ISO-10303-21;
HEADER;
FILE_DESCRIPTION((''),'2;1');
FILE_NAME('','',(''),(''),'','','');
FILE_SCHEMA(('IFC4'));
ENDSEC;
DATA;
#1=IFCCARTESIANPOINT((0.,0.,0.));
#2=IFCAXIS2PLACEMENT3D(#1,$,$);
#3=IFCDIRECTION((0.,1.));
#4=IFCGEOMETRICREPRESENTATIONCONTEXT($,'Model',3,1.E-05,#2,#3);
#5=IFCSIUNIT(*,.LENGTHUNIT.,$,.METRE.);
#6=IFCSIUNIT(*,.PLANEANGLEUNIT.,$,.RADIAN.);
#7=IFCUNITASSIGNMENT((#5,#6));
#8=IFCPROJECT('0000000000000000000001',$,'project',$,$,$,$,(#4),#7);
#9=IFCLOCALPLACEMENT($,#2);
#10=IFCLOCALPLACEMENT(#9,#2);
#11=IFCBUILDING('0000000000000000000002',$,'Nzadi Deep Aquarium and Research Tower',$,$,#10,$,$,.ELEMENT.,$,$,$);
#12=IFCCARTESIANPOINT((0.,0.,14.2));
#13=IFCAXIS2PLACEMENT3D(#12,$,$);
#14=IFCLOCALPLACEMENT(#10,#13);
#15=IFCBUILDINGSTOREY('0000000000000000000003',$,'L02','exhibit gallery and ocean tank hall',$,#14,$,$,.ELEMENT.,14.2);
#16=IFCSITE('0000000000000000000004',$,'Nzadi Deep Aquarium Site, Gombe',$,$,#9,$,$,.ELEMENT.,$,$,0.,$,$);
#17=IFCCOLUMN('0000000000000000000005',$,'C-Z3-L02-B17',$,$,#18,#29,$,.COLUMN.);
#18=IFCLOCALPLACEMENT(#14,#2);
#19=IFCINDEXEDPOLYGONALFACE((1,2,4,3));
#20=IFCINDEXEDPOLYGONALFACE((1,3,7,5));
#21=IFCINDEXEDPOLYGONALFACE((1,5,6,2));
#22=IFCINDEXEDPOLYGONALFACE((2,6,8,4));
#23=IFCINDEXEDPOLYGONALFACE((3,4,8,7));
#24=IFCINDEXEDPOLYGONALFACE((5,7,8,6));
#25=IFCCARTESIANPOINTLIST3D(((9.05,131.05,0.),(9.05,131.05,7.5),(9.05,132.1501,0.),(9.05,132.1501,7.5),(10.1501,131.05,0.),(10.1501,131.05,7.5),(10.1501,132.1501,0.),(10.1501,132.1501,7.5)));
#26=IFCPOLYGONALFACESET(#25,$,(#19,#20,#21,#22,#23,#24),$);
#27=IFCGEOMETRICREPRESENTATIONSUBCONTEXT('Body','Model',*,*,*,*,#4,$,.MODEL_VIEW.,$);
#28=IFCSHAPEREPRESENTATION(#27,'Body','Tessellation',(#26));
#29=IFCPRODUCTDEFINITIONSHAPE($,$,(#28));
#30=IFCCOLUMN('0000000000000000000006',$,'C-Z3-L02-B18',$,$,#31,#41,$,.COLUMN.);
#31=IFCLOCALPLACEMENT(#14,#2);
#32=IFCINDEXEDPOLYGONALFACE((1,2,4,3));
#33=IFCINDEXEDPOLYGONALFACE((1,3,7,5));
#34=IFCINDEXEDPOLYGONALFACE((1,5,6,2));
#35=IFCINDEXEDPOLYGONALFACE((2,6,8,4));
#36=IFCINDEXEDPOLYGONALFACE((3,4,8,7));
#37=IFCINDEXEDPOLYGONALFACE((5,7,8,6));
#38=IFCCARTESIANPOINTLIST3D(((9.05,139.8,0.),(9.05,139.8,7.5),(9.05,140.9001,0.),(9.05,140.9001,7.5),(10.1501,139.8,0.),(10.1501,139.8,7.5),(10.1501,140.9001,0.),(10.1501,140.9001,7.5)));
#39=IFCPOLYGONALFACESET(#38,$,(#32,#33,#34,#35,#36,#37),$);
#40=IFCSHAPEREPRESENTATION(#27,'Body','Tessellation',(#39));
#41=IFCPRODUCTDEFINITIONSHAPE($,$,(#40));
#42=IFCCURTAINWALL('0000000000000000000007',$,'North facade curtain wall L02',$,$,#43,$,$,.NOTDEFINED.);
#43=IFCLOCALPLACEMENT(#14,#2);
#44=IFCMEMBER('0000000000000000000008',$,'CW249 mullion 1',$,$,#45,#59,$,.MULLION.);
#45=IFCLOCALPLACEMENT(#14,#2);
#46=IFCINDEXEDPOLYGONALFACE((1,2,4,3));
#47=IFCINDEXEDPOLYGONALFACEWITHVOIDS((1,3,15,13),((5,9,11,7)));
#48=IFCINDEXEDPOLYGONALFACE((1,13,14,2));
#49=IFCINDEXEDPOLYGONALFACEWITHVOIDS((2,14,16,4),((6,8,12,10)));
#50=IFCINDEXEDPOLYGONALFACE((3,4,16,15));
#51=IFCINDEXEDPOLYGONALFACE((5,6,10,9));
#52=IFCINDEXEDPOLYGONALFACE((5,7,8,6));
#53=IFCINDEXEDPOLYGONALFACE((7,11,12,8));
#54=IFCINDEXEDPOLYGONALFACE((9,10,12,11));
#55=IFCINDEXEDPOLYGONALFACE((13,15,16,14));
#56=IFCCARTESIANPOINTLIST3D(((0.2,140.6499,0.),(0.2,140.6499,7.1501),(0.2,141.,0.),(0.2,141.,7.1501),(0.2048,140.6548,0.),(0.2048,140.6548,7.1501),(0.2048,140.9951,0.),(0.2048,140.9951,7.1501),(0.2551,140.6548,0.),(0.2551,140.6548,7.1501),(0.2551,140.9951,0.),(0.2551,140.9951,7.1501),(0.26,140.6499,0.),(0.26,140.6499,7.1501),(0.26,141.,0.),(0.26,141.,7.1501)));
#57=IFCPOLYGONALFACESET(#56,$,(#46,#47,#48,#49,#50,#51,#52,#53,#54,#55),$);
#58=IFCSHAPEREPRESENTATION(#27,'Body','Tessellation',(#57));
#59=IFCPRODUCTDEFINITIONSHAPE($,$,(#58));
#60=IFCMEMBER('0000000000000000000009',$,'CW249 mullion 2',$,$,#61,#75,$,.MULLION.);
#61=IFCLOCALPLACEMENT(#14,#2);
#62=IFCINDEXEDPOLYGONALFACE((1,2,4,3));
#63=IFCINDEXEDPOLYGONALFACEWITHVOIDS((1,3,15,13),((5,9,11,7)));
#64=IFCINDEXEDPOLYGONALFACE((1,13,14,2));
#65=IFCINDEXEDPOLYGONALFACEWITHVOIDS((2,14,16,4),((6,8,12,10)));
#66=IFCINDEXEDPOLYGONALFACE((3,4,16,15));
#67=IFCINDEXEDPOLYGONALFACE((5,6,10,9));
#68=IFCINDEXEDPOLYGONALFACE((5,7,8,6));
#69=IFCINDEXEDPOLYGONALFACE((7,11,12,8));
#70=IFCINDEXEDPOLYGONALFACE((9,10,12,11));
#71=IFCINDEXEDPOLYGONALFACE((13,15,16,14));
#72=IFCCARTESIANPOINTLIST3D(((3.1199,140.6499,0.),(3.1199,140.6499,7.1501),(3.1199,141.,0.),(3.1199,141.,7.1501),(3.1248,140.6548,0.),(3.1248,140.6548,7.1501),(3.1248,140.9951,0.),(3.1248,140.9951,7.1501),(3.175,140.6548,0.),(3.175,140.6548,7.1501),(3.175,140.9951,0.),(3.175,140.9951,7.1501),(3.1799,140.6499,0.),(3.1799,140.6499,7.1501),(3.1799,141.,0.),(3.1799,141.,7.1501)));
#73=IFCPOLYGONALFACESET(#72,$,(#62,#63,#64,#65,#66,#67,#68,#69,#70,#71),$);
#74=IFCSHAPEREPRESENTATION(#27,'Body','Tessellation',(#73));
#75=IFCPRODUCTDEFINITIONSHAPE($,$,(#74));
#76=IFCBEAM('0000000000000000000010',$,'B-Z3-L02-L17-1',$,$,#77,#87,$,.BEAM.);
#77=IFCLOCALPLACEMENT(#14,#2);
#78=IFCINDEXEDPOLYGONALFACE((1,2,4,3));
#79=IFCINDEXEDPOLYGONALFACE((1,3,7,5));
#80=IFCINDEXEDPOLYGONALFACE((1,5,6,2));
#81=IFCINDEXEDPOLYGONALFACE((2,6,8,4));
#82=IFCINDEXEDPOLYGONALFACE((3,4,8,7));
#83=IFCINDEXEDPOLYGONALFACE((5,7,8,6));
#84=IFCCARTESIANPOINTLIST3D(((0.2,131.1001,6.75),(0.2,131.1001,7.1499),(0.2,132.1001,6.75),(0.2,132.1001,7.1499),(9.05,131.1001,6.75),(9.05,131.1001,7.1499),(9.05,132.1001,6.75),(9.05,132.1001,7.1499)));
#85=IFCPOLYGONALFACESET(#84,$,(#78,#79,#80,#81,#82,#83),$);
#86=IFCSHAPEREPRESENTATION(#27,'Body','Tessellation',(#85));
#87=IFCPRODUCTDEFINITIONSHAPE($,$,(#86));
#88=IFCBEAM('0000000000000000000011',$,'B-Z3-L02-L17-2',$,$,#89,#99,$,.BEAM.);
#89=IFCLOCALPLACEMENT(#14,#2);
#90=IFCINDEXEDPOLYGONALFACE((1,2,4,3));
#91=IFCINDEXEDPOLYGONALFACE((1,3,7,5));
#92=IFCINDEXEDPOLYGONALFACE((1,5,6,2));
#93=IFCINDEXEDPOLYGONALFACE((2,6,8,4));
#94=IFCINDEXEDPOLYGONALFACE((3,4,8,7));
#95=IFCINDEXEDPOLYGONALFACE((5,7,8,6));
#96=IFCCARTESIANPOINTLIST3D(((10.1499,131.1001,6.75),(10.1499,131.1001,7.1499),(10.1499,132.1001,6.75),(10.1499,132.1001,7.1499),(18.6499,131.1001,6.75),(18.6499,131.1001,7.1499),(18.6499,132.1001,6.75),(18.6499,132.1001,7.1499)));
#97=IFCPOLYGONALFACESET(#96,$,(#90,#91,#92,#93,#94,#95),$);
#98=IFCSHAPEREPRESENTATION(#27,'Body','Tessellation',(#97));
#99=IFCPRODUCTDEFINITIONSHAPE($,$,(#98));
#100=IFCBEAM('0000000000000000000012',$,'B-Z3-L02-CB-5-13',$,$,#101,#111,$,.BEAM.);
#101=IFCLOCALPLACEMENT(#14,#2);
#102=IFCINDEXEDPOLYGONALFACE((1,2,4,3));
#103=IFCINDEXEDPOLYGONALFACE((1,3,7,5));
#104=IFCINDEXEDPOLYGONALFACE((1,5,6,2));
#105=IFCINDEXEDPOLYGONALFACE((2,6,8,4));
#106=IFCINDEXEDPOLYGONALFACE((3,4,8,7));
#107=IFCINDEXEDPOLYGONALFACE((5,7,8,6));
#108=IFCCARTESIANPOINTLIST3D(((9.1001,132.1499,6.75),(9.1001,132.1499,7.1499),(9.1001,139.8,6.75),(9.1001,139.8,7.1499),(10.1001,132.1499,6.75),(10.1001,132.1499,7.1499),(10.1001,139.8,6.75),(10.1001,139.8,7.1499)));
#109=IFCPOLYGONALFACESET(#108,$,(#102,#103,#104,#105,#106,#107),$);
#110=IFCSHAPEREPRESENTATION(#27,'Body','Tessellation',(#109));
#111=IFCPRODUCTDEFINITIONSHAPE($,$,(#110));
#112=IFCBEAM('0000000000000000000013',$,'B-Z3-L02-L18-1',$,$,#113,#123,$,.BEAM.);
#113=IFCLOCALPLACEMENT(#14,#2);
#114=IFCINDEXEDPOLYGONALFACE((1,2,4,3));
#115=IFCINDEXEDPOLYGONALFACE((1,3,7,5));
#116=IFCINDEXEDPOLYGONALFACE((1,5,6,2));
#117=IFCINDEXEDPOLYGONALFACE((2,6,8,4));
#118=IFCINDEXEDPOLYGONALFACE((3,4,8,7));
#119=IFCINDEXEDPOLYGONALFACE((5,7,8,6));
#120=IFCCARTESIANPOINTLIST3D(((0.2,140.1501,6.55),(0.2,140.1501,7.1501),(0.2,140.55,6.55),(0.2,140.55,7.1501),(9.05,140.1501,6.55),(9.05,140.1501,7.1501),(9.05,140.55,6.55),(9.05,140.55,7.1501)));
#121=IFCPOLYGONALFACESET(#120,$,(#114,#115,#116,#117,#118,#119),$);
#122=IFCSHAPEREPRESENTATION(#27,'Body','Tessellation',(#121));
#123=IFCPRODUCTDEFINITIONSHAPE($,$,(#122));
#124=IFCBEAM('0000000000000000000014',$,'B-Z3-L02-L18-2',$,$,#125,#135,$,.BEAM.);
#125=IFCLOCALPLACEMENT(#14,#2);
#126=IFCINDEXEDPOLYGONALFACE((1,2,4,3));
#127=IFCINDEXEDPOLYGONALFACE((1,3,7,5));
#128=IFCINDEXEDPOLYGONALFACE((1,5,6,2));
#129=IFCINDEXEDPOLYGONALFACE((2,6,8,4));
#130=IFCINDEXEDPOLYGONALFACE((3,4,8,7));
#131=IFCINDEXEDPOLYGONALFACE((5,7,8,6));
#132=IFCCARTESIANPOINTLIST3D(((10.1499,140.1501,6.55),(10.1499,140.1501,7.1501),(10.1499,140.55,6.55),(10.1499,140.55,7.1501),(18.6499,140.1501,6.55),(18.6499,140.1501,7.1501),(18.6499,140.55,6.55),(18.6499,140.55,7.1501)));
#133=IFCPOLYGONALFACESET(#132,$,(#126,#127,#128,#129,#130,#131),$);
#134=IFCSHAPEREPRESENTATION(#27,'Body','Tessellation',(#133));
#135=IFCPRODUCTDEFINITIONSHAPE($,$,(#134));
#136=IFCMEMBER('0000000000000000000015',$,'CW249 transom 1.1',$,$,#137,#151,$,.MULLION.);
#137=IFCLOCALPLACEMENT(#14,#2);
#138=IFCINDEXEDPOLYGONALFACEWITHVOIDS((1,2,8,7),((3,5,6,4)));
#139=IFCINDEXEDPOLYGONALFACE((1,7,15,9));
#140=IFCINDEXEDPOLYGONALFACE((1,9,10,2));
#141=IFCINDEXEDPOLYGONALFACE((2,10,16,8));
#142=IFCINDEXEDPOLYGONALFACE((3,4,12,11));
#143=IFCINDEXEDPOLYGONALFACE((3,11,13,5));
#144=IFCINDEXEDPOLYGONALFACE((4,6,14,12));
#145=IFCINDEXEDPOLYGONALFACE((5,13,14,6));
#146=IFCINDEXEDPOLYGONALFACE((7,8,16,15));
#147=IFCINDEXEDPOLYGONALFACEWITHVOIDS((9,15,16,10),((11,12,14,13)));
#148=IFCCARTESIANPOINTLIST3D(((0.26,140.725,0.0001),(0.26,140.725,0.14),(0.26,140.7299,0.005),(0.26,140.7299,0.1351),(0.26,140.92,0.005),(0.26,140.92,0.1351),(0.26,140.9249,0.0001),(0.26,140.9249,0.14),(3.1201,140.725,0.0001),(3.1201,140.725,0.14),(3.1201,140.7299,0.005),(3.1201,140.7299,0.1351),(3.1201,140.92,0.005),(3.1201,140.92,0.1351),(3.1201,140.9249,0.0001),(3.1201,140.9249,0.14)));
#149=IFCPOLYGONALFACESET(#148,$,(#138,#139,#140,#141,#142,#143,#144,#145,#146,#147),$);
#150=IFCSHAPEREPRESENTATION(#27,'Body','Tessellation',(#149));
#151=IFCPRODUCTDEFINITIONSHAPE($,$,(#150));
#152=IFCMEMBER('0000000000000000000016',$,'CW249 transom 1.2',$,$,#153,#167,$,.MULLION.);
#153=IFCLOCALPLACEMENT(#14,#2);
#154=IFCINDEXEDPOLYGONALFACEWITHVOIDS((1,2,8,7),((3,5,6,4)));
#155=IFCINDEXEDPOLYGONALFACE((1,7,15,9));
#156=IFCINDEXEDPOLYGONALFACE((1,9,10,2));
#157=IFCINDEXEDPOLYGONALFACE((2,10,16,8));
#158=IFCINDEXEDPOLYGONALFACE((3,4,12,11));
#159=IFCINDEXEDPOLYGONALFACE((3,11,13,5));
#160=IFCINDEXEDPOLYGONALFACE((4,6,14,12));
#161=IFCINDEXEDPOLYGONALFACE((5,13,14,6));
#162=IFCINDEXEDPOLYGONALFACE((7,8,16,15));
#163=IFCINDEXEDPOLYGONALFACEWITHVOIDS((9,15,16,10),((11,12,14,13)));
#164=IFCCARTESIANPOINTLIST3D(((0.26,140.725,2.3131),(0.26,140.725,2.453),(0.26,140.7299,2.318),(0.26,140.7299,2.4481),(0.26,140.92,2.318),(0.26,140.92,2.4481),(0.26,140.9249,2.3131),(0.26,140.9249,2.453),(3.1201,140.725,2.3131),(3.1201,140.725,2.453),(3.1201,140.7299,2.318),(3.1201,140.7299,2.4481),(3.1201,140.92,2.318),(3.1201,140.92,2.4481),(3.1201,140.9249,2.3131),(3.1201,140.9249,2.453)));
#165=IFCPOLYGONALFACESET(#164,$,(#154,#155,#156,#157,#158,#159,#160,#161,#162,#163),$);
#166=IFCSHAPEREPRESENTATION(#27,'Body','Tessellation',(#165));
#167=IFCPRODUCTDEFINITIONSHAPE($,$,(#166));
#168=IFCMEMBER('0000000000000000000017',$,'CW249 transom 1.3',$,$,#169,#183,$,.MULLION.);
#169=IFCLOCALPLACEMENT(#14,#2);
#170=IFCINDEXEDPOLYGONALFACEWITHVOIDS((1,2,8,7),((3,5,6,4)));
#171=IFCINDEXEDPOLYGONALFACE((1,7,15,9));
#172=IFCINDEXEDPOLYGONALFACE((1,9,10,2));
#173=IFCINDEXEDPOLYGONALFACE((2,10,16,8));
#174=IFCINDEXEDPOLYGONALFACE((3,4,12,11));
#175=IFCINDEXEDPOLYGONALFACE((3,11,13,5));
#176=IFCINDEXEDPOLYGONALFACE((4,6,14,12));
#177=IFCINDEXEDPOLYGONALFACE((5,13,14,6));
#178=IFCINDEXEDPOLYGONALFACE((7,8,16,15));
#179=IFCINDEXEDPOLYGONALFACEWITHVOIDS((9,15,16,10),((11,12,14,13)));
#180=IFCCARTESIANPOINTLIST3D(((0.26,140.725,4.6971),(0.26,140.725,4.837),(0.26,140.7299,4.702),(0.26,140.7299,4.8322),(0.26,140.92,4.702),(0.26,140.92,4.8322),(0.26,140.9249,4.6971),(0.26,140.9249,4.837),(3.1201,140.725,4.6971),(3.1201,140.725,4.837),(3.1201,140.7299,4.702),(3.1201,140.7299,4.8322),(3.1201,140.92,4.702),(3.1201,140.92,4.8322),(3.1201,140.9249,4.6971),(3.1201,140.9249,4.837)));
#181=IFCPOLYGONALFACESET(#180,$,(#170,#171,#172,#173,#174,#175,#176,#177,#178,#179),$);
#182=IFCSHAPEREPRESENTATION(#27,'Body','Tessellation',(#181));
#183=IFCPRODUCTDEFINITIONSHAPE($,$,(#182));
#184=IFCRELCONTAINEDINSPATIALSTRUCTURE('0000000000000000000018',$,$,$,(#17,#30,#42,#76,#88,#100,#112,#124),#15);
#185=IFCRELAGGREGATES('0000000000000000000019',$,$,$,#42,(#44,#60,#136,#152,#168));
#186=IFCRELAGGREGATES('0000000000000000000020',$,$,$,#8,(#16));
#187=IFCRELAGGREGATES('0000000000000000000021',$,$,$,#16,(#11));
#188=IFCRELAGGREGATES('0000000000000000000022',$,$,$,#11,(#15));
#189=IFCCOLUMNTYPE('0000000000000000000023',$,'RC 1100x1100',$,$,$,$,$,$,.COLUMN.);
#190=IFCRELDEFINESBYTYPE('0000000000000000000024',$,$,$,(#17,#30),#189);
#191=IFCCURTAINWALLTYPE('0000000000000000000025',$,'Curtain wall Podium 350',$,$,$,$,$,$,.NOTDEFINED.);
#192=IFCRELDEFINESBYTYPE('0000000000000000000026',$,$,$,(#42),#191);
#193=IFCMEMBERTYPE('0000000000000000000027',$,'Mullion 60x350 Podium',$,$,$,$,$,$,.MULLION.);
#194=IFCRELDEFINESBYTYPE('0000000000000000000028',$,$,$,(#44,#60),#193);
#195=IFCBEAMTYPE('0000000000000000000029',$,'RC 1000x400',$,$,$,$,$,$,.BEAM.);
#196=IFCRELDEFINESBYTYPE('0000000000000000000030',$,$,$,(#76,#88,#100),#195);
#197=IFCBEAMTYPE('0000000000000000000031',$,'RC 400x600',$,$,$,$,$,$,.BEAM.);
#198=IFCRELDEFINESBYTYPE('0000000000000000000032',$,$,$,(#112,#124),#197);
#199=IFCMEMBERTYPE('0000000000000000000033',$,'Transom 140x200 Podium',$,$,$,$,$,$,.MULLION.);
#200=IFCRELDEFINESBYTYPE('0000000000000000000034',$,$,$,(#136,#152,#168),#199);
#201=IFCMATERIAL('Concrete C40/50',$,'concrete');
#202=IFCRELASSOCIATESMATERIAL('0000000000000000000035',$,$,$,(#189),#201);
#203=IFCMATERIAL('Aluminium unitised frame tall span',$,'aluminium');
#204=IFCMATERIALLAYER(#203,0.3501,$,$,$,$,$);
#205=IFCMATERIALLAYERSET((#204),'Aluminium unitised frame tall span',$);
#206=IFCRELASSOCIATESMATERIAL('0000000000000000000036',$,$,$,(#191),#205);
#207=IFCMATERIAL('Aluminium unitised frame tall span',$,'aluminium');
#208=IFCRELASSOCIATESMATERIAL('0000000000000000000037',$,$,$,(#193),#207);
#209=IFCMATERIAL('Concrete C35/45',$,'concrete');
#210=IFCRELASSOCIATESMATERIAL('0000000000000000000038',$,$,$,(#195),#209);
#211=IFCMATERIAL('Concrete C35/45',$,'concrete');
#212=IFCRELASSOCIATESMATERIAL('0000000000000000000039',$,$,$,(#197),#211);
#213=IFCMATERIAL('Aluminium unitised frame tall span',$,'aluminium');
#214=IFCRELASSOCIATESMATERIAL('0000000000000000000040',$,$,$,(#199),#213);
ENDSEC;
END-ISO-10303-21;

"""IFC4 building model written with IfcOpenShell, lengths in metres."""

from ifc_helpers import new_model, si_unit, direction, frame, origin, origin_2d, place, context, subcontext, project, spatial, rectangle, hollow_rectangle, extrude, material, layer, layer_set, material_profile, profile_set, type_object, element, aggregate, save


model = new_model("IFC4")

# Units and contexts
model_context = context("Model", 3, precision=1e-05, world=origin(), true_north=direction((0.0, 1.0)))
body_context = subcontext(model_context, "Body", "Model", "MODEL_VIEW")
ifc_project = project(units=[si_unit("LENGTHUNIT", "METRE"), si_unit("PLANEANGLEUNIT", "RADIAN")], contexts=[model_context])

# Site, building, storey
site_placement = place(None, origin())
site = spatial("IfcSite", under=ifc_project, at=site_placement, Name="Nzadi Deep Aquarium Site, Gombe", CompositionType="ELEMENT", RefElevation=0.0)
building_placement = place(site_placement, origin())
building = spatial("IfcBuilding", under=site, at=building_placement, Name="Nzadi Deep Aquarium and Research Tower", CompositionType="ELEMENT")
storey_placement = place(building_placement, frame((0.0, 0.0, 14.2)))
storey = spatial("IfcBuildingStorey", under=building, at=storey_placement, Name="L02", Description="exhibit gallery and ocean tank hall", CompositionType="ELEMENT", Elevation=14.2)

# Columns
ifc_material_1 = material(Name="Concrete C40/50", Category="concrete")
ifc_material_profile_1 = material_profile(ifc_material_1, rectangle(XDim=1.1001, YDim=1.1001, at=origin_2d()))
ifc_profile_set_1 = profile_set([ifc_material_profile_1], Name="Concrete C40/50")
column_type = type_object("IfcColumnType", Name="RC 1100x1100", PredefinedType="COLUMN", material=ifc_profile_set_1)
for number, where, z_axis, x_axis, name in (
    (1, (9.6001, 131.6001, 0.0), (0.0, 0.0, 1.0), (1.0, 0.0, 0.0), "C-Z3-L02-B17"),
    (2, (9.6001, 140.3501, 0.0), (0.0, 0.0, 1.0), (1.0, 0.0, 0.0), "C-Z3-L02-B18"),
):
    element("IfcColumn", number, at=place(storey_placement, frame(where, z_axis=z_axis, x_axis=x_axis)), inside=storey, type_object=column_type, Name=name, PredefinedType="COLUMN", context=body_context, shape_type="SweptSolid", body=[
        extrude(rectangle(XDim=1.1001, YDim=1.1001, at=origin_2d()), origin(), (0.0, 0.0, 1.0), 7.5),
    ])

# Curtain wall, members
ifc_material_2 = material(Name="Aluminium unitised frame tall span", Category="aluminium")
ifc_layer_1 = layer(ifc_material_2, 0.3501)
ifc_layer_set_1 = layer_set([ifc_layer_1], Name="Aluminium unitised frame tall span")
curtain_wall_type = type_object("IfcCurtainWallType", Name="Curtain wall Podium 350", PredefinedType="NOTDEFINED", material=ifc_layer_set_1)
curtain_wall_placement = place(storey_placement, origin())
curtain_wall = element("IfcCurtainWall", 3, at=curtain_wall_placement, inside=storey, type_object=curtain_wall_type, Name="North facade curtain wall L02", PredefinedType="NOTDEFINED")
ifc_material_3 = material(Name="Aluminium unitised frame tall span", Category="aluminium")
ifc_material_profile_2 = material_profile(ifc_material_3, hollow_rectangle(XDim=0.3501, YDim=0.0601, WallThickness=0.0049, at=origin_2d()))
ifc_profile_set_2 = profile_set([ifc_material_profile_2], Name="Aluminium unitised frame tall span")
member_type_1 = type_object("IfcMemberType", Name="Mullion 60x350 Podium", PredefinedType="MULLION", material=ifc_profile_set_2)
member_1_placement = place(storey_placement, frame((0.23, 140.825, 0.0), z_axis=(0.0, 0.0, 1.0), x_axis=(0.0, 1.0, 0.0)))
member_1 = element("IfcMember", 4, at=member_1_placement, type_object=member_type_1, Name="CW249 mullion 1", PredefinedType="MULLION", context=body_context, shape_type="SweptSolid", body=[
    extrude(hollow_rectangle(XDim=0.3501, YDim=0.0601, WallThickness=0.0049, at=origin_2d()), origin(), (0.0, 0.0, 1.0), 7.1501),
])
member_2_placement = place(storey_placement, frame((3.1499, 140.825, 0.0), z_axis=(0.0, 0.0, 1.0), x_axis=(0.0, 1.0, 0.0)))
member_2 = element("IfcMember", 5, at=member_2_placement, type_object=member_type_1, Name="CW249 mullion 2", PredefinedType="MULLION", context=body_context, shape_type="SweptSolid", body=[
    extrude(hollow_rectangle(XDim=0.3501, YDim=0.0601, WallThickness=0.0049, at=origin_2d()), origin(), (0.0, 0.0, 1.0), 7.1501),
])

# Beams
ifc_material_4 = material(Name="Concrete C35/45", Category="concrete")
ifc_material_profile_3 = material_profile(ifc_material_4, rectangle(XDim=1.0, YDim=0.3999, at=origin_2d()))
ifc_profile_set_3 = profile_set([ifc_material_profile_3], Name="Concrete C35/45")
beam_type_1 = type_object("IfcBeamType", Name="RC 1000x400", PredefinedType="BEAM", material=ifc_profile_set_3)
beam_1_placement = place(storey_placement, frame((0.2, 131.6001, 6.95), z_axis=(1.0, 0.0, 0.0), x_axis=(0.0, 1.0, 0.0)))
element("IfcBeam", 6, at=beam_1_placement, inside=storey, type_object=beam_type_1, Name="B-Z3-L02-L17-1", PredefinedType="BEAM", context=body_context, shape_type="SweptSolid", body=[
    extrude(rectangle(XDim=1.0, YDim=0.3999, at=origin_2d()), origin(), (0.0, 0.0, 1.0), 8.8501),
])
beam_2_placement = place(storey_placement, frame((10.1499, 131.6001, 6.95), z_axis=(1.0, 0.0, 0.0), x_axis=(0.0, 1.0, 0.0)))
element("IfcBeam", 7, at=beam_2_placement, inside=storey, type_object=beam_type_1, Name="B-Z3-L02-L17-2", PredefinedType="BEAM", context=body_context, shape_type="SweptSolid", body=[
    extrude(rectangle(XDim=1.0, YDim=0.3999, at=origin_2d()), origin(), (0.0, 0.0, 1.0), 8.5),
])
beam_3_placement = place(storey_placement, frame((9.6001, 132.1499, 6.95), z_axis=(0.0, 1.0, 0.0), x_axis=(-1.0, 0.0, 0.0)))
element("IfcBeam", 8, at=beam_3_placement, inside=storey, type_object=beam_type_1, Name="B-Z3-L02-CB-5-13", PredefinedType="BEAM", context=body_context, shape_type="SweptSolid", body=[
    extrude(rectangle(XDim=1.0, YDim=0.3999, at=origin_2d()), origin(), (0.0, 0.0, 1.0), 7.6501),
])
ifc_material_5 = material(Name="Concrete C35/45", Category="concrete")
ifc_material_profile_4 = material_profile(ifc_material_5, rectangle(XDim=0.3999, YDim=0.6001, at=origin_2d()))
ifc_profile_set_4 = profile_set([ifc_material_profile_4], Name="Concrete C35/45")
beam_type_2 = type_object("IfcBeamType", Name="RC 400x600", PredefinedType="BEAM", material=ifc_profile_set_4)
beam_4_placement = place(storey_placement, frame((0.2, 140.3501, 6.8501), z_axis=(1.0, 0.0, 0.0), x_axis=(0.0, 1.0, 0.0)))
element("IfcBeam", 9, at=beam_4_placement, inside=storey, type_object=beam_type_2, Name="B-Z3-L02-L18-1", PredefinedType="BEAM", context=body_context, shape_type="SweptSolid", body=[
    extrude(rectangle(XDim=0.3999, YDim=0.6001, at=origin_2d()), origin(), (0.0, 0.0, 1.0), 8.8501),
])
beam_5_placement = place(storey_placement, frame((10.1499, 140.3501, 6.8501), z_axis=(1.0, 0.0, 0.0), x_axis=(0.0, 1.0, 0.0)))
element("IfcBeam", 10, at=beam_5_placement, inside=storey, type_object=beam_type_2, Name="B-Z3-L02-L18-2", PredefinedType="BEAM", context=body_context, shape_type="SweptSolid", body=[
    extrude(rectangle(XDim=0.3999, YDim=0.6001, at=origin_2d()), origin(), (0.0, 0.0, 1.0), 8.5),
])

# Members
ifc_material_6 = material(Name="Aluminium unitised frame tall span", Category="aluminium")
ifc_material_profile_5 = material_profile(ifc_material_6, hollow_rectangle(XDim=0.2, YDim=0.1399, WallThickness=0.0049, at=origin_2d()))
ifc_profile_set_5 = profile_set([ifc_material_profile_5], Name="Aluminium unitised frame tall span")
member_type_2 = type_object("IfcMemberType", Name="Transom 140x200 Podium", PredefinedType="MULLION", material=ifc_profile_set_5)
member_3_placement = place(storey_placement, frame((0.26, 140.825, 0.0701), z_axis=(1.0, 0.0, 0.0), x_axis=(0.0, 1.0, 0.0)))
member_3 = element("IfcMember", 11, at=member_3_placement, type_object=member_type_2, Name="CW249 transom 1.1", PredefinedType="MULLION", context=body_context, shape_type="SweptSolid", body=[
    extrude(hollow_rectangle(XDim=0.2, YDim=0.1399, WallThickness=0.0049, at=origin_2d()), origin(), (0.0, 0.0, 1.0), 2.8601),
])
member_4_placement = place(storey_placement, frame((0.26, 140.825, 2.3831), z_axis=(1.0, 0.0, 0.0), x_axis=(0.0, 1.0, 0.0)))
member_4 = element("IfcMember", 12, at=member_4_placement, type_object=member_type_2, Name="CW249 transom 1.2", PredefinedType="MULLION", context=body_context, shape_type="SweptSolid", body=[
    extrude(hollow_rectangle(XDim=0.2, YDim=0.1399, WallThickness=0.0049, at=origin_2d()), origin(), (0.0, 0.0, 1.0), 2.8601),
])
member_5_placement = place(storey_placement, frame((0.26, 140.825, 4.7671), z_axis=(1.0, 0.0, 0.0), x_axis=(0.0, 1.0, 0.0)))
member_5 = element("IfcMember", 13, at=member_5_placement, type_object=member_type_2, Name="CW249 transom 1.3", PredefinedType="MULLION", context=body_context, shape_type="SweptSolid", body=[
    extrude(hollow_rectangle(XDim=0.2, YDim=0.1399, WallThickness=0.0049, at=origin_2d()), origin(), (0.0, 0.0, 1.0), 2.8601),
])

aggregate(curtain_wall, [member_1, member_2, member_3, member_4, member_5])

save(model, "model.ifc")
